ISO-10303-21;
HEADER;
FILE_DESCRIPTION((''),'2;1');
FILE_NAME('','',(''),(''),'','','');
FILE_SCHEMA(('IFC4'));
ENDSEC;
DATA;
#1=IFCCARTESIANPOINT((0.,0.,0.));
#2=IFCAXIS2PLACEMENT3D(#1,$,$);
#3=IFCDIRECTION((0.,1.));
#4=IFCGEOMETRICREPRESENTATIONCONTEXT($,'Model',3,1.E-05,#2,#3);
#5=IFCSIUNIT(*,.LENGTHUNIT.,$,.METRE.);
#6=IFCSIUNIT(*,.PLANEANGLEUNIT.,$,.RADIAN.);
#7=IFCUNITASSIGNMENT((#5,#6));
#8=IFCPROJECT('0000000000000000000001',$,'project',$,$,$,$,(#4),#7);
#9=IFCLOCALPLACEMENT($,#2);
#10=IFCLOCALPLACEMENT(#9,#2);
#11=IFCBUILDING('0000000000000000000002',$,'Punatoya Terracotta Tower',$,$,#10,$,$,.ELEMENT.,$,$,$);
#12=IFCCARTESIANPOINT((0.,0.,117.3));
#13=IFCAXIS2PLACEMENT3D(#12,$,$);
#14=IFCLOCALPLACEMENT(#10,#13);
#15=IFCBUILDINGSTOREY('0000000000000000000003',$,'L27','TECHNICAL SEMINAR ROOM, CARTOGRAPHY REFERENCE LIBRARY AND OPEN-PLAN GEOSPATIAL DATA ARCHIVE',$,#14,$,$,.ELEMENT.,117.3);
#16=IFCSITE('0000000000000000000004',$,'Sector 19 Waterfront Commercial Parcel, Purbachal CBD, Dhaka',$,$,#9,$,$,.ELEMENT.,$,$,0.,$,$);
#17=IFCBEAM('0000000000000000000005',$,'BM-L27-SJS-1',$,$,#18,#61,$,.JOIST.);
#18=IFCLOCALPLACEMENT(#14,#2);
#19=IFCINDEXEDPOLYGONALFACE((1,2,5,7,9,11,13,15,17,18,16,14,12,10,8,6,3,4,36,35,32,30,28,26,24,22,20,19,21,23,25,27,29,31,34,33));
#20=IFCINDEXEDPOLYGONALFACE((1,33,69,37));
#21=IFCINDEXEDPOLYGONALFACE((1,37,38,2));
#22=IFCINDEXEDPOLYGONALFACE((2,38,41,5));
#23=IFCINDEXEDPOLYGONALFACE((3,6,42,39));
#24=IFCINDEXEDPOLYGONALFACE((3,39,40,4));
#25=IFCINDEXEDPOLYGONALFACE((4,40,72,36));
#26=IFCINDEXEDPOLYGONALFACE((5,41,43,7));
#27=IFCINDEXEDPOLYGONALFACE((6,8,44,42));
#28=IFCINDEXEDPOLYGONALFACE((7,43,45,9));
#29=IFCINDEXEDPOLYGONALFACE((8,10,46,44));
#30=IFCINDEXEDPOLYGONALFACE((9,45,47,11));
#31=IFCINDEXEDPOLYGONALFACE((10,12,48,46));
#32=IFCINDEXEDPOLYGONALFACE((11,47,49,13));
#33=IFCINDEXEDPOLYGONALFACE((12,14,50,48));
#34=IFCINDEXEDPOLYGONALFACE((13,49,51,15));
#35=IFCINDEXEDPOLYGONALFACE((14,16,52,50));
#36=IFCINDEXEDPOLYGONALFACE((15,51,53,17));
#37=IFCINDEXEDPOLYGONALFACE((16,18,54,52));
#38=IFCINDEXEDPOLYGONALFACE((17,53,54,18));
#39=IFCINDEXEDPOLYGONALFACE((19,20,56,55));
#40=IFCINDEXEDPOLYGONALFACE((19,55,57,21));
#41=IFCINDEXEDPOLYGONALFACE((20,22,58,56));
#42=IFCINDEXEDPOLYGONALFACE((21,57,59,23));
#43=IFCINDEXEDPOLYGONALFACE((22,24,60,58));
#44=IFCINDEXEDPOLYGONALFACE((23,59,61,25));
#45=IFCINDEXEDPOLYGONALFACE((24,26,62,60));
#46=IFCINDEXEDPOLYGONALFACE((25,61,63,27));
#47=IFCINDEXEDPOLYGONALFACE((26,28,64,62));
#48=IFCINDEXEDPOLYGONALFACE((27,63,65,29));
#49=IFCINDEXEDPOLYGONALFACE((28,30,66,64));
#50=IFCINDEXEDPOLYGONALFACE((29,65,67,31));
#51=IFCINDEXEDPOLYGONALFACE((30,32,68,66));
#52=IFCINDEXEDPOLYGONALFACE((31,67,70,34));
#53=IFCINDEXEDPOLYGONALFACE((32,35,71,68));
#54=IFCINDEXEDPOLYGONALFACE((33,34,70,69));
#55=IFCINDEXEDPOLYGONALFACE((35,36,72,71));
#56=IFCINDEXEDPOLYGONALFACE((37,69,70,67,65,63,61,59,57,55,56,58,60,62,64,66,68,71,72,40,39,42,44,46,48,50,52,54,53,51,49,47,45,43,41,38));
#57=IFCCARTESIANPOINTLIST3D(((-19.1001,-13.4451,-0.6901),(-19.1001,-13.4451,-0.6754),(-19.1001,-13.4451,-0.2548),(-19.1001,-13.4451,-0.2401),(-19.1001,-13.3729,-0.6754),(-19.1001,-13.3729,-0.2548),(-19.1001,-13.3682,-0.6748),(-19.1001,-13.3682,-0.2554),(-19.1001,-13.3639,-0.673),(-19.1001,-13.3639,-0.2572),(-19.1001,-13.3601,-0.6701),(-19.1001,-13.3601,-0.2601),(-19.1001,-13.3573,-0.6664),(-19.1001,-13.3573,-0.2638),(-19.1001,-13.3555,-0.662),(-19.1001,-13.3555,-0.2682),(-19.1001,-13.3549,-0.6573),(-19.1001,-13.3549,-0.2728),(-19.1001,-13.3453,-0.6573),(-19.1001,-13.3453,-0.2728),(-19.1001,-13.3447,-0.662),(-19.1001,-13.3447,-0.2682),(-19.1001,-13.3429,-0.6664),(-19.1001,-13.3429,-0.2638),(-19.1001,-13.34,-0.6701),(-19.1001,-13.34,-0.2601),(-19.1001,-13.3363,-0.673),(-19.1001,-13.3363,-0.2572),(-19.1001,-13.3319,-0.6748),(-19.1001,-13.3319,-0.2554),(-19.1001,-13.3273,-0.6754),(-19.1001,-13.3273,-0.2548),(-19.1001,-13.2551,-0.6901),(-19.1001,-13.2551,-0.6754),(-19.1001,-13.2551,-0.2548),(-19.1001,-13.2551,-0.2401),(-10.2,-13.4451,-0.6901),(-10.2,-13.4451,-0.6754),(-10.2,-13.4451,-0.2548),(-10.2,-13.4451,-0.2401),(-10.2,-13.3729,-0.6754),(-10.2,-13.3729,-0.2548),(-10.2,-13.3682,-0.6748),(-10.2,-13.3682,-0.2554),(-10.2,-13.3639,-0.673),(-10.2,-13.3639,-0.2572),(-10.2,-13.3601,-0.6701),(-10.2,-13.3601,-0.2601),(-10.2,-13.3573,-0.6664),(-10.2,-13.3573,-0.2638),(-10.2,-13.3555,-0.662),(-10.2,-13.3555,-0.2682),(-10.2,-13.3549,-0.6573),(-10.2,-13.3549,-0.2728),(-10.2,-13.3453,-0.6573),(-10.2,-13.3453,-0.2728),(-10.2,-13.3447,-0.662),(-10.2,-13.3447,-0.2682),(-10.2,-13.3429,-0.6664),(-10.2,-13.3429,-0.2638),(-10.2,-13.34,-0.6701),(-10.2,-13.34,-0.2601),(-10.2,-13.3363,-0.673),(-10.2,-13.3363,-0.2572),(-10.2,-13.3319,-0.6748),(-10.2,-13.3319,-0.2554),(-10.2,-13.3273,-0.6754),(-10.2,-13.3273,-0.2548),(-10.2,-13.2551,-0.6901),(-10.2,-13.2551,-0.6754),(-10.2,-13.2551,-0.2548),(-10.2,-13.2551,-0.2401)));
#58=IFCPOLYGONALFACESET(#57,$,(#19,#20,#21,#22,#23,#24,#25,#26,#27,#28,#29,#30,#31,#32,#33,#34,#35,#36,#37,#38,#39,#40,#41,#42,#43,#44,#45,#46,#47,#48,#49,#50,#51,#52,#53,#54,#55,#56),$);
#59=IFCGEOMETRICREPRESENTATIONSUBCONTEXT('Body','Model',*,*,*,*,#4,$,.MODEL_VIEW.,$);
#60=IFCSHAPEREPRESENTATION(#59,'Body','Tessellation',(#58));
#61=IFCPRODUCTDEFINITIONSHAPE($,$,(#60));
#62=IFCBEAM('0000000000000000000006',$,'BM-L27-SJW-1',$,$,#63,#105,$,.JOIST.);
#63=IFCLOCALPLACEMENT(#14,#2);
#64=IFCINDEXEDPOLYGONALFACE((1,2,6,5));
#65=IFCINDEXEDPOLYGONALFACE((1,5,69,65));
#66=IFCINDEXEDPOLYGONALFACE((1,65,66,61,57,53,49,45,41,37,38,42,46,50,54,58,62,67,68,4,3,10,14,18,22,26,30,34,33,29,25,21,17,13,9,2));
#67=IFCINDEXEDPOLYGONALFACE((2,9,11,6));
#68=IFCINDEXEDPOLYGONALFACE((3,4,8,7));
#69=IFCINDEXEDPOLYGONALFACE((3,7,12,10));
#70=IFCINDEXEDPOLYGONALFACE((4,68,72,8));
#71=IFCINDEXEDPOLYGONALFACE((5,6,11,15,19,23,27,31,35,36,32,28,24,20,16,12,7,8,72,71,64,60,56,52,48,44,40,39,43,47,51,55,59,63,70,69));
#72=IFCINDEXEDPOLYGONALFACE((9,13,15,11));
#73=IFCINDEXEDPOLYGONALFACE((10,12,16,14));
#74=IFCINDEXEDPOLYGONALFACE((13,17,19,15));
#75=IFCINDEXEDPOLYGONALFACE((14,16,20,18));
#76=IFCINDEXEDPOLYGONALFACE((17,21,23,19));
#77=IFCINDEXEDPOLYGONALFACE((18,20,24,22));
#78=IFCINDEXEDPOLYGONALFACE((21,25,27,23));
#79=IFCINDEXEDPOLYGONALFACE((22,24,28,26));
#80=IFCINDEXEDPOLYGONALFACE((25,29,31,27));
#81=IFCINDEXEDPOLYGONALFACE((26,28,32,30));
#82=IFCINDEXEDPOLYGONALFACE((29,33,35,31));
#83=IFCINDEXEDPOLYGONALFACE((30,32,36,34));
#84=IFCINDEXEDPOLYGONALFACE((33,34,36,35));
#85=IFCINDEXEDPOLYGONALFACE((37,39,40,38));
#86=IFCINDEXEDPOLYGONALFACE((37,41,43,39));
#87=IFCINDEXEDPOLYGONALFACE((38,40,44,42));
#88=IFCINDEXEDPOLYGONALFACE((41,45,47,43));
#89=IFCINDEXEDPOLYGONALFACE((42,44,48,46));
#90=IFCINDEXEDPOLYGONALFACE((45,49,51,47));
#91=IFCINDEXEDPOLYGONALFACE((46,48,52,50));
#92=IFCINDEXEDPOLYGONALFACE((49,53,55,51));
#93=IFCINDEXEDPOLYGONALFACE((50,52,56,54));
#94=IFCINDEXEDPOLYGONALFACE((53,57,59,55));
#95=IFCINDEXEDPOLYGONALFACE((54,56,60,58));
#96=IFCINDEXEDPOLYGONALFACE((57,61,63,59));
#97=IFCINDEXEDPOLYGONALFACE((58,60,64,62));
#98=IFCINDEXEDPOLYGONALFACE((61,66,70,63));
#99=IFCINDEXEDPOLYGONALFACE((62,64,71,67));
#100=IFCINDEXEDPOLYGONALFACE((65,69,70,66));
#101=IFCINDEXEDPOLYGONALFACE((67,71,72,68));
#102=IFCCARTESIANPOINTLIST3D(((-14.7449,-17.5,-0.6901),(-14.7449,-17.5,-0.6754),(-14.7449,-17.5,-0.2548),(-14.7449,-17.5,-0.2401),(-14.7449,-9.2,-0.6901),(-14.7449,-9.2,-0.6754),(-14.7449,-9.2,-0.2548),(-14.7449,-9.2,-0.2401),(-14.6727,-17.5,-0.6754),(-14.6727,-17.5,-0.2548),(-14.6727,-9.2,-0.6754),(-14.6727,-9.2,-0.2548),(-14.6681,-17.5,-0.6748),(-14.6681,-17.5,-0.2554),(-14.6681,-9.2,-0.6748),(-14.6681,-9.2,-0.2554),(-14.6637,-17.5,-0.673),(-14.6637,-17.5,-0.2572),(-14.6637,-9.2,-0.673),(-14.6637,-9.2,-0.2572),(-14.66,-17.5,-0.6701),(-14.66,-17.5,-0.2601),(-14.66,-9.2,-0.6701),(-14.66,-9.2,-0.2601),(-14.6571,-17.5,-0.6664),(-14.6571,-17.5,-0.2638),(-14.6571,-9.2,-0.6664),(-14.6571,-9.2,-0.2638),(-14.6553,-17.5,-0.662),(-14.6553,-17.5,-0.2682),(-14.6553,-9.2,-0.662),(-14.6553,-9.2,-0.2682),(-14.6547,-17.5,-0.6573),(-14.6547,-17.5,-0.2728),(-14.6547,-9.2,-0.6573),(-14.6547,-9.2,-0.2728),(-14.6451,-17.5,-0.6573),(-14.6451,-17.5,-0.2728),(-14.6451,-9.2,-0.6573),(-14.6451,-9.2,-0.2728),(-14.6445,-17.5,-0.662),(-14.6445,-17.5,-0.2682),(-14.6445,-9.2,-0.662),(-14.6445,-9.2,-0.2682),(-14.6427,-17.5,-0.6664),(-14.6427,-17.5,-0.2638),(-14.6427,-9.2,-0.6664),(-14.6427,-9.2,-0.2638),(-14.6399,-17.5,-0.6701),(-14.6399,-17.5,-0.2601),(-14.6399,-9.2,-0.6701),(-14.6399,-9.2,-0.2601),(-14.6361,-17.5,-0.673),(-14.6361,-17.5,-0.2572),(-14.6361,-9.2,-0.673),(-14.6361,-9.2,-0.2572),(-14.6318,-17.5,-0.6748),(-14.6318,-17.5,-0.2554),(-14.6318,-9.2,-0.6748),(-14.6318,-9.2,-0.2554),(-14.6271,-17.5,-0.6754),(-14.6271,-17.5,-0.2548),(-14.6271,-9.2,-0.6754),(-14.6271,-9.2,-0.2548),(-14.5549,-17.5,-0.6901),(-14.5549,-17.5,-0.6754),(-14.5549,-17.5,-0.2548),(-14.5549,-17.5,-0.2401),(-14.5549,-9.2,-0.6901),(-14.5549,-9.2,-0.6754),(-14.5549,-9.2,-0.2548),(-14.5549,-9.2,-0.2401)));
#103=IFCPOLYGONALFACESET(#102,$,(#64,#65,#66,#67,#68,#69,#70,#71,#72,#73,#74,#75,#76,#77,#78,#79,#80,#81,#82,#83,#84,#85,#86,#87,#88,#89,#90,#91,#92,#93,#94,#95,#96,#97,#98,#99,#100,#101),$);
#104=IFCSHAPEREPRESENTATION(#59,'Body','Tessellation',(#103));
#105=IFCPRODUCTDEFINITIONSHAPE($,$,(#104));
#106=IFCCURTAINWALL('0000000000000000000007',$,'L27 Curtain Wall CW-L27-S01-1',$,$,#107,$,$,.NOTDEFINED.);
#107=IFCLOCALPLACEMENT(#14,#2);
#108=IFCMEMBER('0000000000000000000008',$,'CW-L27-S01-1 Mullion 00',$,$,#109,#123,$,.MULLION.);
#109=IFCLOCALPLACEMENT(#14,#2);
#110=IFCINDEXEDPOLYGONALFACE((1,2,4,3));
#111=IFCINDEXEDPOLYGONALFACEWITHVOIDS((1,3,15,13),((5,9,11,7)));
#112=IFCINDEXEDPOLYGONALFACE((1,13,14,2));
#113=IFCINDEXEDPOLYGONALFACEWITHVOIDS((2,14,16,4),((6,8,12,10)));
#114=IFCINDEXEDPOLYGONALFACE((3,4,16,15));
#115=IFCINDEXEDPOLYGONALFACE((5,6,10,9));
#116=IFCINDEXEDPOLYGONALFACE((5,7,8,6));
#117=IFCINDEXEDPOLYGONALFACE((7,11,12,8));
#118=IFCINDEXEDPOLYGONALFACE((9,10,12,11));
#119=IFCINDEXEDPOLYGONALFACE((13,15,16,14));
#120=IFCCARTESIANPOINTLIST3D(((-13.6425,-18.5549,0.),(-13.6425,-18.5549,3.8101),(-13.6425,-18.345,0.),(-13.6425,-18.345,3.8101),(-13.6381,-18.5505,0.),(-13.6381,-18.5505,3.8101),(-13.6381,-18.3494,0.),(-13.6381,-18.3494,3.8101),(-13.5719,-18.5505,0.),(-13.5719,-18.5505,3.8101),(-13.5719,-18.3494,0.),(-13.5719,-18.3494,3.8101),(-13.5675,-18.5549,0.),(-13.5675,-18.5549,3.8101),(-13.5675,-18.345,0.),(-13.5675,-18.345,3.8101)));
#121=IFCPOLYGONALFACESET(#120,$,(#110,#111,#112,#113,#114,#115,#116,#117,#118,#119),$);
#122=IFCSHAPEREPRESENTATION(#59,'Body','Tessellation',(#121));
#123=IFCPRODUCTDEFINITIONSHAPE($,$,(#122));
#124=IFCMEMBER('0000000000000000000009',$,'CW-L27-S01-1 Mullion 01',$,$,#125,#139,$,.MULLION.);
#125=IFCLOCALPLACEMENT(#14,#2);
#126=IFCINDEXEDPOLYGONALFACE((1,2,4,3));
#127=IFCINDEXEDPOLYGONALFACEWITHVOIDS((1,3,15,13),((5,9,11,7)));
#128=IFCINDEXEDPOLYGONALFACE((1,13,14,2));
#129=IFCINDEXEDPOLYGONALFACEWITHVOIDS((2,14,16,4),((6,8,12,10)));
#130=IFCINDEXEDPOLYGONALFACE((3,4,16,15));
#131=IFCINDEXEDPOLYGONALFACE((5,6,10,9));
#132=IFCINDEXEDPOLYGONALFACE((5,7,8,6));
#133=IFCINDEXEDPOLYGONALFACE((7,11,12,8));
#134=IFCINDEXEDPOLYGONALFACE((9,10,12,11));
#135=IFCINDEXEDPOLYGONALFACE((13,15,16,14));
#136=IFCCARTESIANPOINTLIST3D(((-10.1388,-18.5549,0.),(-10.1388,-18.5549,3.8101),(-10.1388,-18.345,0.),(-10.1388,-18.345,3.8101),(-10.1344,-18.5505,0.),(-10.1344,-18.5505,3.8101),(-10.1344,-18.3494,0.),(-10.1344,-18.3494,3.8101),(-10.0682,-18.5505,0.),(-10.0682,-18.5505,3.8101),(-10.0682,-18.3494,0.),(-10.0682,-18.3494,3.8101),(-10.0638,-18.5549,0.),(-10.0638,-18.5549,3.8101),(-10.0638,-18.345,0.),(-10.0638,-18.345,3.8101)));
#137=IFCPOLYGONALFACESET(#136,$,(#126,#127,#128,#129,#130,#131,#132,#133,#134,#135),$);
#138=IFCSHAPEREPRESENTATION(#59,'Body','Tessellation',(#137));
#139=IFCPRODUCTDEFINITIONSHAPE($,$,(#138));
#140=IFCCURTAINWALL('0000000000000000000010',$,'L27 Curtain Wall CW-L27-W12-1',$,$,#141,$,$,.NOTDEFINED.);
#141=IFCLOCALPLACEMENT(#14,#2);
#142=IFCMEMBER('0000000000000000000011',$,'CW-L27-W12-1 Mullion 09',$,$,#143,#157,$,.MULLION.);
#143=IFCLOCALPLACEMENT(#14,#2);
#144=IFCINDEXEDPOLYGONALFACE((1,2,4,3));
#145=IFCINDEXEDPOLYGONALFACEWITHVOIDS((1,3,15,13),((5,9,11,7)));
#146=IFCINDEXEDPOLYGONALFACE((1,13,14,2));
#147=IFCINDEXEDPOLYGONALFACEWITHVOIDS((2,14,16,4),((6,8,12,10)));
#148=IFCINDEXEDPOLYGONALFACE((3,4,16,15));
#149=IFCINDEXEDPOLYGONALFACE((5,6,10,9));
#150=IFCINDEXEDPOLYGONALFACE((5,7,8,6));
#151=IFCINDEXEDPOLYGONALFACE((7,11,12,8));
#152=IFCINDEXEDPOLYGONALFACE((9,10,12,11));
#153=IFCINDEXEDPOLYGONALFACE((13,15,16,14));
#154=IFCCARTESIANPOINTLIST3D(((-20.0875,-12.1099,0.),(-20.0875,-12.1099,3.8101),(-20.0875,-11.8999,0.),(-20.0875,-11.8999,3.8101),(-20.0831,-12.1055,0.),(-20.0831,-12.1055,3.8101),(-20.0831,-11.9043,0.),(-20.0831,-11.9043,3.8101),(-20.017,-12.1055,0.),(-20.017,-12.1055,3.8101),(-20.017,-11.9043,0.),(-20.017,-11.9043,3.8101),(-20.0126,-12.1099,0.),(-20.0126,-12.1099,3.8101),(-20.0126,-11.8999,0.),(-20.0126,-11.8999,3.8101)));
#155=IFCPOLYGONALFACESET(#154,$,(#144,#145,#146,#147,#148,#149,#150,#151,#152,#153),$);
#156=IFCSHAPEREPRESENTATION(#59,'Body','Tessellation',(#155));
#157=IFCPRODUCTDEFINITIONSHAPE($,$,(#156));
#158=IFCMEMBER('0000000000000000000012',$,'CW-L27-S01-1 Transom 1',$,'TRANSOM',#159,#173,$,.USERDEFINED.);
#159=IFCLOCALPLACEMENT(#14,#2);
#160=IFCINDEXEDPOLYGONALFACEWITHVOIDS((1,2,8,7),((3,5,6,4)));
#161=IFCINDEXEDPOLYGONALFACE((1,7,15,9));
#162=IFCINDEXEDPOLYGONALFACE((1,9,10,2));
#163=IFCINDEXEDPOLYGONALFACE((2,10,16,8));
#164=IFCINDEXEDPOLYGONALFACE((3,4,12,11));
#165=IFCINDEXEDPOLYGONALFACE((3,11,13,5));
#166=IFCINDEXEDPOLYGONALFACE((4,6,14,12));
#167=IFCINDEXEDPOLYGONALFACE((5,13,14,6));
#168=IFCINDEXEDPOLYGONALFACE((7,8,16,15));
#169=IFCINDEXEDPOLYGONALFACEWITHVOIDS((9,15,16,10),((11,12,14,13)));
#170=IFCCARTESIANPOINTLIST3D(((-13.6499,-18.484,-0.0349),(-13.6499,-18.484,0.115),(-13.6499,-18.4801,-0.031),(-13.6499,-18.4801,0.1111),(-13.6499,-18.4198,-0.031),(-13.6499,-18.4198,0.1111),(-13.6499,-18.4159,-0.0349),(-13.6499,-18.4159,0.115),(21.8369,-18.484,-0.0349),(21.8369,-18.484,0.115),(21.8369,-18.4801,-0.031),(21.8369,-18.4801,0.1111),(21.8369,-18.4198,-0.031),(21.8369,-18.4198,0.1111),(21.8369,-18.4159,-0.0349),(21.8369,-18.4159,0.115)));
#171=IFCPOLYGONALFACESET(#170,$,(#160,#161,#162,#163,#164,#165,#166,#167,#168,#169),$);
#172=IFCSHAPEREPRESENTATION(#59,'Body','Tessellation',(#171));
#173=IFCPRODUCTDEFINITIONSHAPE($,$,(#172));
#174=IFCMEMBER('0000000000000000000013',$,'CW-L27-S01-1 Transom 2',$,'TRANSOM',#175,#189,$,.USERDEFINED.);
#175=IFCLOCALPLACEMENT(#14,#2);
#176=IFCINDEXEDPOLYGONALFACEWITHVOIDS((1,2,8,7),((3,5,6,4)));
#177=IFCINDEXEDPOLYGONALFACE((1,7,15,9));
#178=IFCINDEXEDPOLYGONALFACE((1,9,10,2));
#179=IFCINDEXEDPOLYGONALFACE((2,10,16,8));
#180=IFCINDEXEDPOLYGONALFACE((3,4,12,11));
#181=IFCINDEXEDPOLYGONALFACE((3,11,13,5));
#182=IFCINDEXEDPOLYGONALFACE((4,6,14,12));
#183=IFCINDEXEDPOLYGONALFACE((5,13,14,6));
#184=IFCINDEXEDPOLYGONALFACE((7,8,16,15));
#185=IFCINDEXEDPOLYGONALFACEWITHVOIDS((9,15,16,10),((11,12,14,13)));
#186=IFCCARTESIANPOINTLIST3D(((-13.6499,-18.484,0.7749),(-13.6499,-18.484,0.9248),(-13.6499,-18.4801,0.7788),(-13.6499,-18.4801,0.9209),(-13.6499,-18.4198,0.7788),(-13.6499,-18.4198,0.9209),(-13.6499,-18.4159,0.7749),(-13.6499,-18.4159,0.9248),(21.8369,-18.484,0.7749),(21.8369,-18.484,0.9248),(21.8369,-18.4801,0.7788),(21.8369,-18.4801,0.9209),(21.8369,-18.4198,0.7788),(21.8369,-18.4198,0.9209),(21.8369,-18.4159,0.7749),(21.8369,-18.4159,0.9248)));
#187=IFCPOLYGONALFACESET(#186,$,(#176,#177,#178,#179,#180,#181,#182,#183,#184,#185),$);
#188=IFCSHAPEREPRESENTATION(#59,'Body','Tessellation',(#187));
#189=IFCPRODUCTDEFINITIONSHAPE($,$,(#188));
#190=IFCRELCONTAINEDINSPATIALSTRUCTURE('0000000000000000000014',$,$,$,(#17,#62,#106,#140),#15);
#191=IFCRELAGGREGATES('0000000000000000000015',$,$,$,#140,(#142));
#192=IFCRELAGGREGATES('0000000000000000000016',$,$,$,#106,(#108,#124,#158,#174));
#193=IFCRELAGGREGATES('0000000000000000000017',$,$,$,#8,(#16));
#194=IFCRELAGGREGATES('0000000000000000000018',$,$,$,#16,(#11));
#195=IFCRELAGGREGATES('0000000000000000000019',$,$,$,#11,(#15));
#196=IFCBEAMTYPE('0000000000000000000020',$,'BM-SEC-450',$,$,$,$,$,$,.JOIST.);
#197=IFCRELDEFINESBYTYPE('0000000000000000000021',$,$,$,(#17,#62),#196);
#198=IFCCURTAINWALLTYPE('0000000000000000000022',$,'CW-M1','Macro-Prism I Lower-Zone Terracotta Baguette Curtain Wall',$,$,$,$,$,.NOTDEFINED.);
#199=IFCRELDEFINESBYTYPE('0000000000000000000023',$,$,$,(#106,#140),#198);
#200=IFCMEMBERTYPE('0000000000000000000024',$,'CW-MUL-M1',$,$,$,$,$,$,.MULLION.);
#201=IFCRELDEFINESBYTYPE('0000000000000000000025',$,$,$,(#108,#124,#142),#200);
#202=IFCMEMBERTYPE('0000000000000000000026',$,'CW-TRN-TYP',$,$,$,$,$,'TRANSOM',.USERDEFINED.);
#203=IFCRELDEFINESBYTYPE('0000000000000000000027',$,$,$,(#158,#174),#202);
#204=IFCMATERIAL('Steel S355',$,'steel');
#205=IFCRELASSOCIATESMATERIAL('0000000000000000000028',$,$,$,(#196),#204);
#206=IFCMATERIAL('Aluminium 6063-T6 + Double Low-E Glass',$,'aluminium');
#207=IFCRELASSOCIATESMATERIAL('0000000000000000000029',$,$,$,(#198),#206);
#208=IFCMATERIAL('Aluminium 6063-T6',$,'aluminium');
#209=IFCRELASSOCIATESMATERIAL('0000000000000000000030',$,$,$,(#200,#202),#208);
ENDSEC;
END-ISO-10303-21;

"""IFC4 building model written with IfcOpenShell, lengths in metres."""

from ifc_helpers import new_model, si_unit, direction, frame, origin, origin_2d, place, context, subcontext, project, spatial, hollow_rectangle, i_section, extrude, material, material_profile, profile_set, type_object, element, aggregate, save


model = new_model("IFC4")

# Units and contexts
model_context = context("Model", 3, precision=1e-05, world=origin(), true_north=direction((0.0, 1.0)))
body_context = subcontext(model_context, "Body", "Model", "MODEL_VIEW")
ifc_project = project(units=[si_unit("LENGTHUNIT", "METRE"), si_unit("PLANEANGLEUNIT", "RADIAN")], contexts=[model_context])

# Site, building, storey
site_placement = place(None, origin())
site = spatial("IfcSite", under=ifc_project, at=site_placement, Name="Sector 19 Waterfront Commercial Parcel, Purbachal CBD, Dhaka", CompositionType="ELEMENT", RefElevation=0.0)
building_placement = place(site_placement, origin())
building = spatial("IfcBuilding", under=site, at=building_placement, Name="Punatoya Terracotta Tower", CompositionType="ELEMENT")
storey_placement = place(building_placement, frame((0.0, 0.0, 117.3)))
storey = spatial("IfcBuildingStorey", under=building, at=storey_placement, Name="L27", Description="TECHNICAL SEMINAR ROOM, CARTOGRAPHY REFERENCE LIBRARY AND OPEN-PLAN GEOSPATIAL DATA ARCHIVE", CompositionType="ELEMENT", Elevation=117.3)

# Beams
ifc_material_1 = material(Name="Steel S355", Category="steel")
ifc_material_profile_1 = material_profile(ifc_material_1, i_section(OverallWidth=0.1899, OverallDepth=0.45, WebThickness=0.0095, FlangeThickness=0.0146, FilletRadius=0.0181, at=origin_2d()))
ifc_profile_set_1 = profile_set([ifc_material_profile_1], Name="Steel S355")
beam_type_1 = type_object("IfcBeamType", Name="BM-SEC-450", PredefinedType="JOIST", material=ifc_profile_set_1)
beam_1_placement = place(storey_placement, frame((-19.1001, -13.3501, -0.4651), z_axis=(1.0, 0.0, 0.0), x_axis=(0.0, 1.0, 0.0)))
element("IfcBeam", 1, at=beam_1_placement, inside=storey, type_object=beam_type_1, Name="BM-L27-SJS-1", PredefinedType="JOIST", context=body_context, shape_type="SweptSolid", body=[
    extrude(i_section(OverallWidth=0.1899, OverallDepth=0.45, WebThickness=0.0095, FlangeThickness=0.0146, FilletRadius=0.0181, at=origin_2d()), origin(), (0.0, 0.0, 1.0), 8.9001),
])
beam_2_placement = place(storey_placement, frame((-14.6499, -17.5, -0.4651), z_axis=(0.0, 1.0, 0.0), x_axis=(-1.0, 0.0, 0.0)))
element("IfcBeam", 2, at=beam_2_placement, inside=storey, type_object=beam_type_1, Name="BM-L27-SJW-1", PredefinedType="JOIST", context=body_context, shape_type="SweptSolid", body=[
    extrude(i_section(OverallWidth=0.1899, OverallDepth=0.45, WebThickness=0.0095, FlangeThickness=0.0146, FilletRadius=0.0181, at=origin_2d()), origin(), (0.0, 0.0, 1.0), 8.3),
])

# Curtain wall, members
ifc_material_2 = material(Name="Aluminium 6063-T6 + Double Low-E Glass", Category="aluminium")
curtain_wall_type = type_object("IfcCurtainWallType", Name="CW-M1", Description="Macro-Prism I Lower-Zone Terracotta Baguette Curtain Wall", PredefinedType="NOTDEFINED", material=ifc_material_2)
curtain_wall_1_placement = place(storey_placement, origin())
curtain_wall_1 = element("IfcCurtainWall", 3, at=curtain_wall_1_placement, inside=storey, type_object=curtain_wall_type, Name="L27 Curtain Wall CW-L27-S01-1", PredefinedType="NOTDEFINED")
ifc_material_3 = material(Name="Aluminium 6063-T6", Category="aluminium")
ifc_material_profile_2 = material_profile(ifc_material_3, hollow_rectangle(XDim=0.075, YDim=0.21, WallThickness=0.0044, at=origin_2d()))
ifc_profile_set_2 = profile_set([ifc_material_profile_2], Name="Aluminium 6063-T6")
member_type_1 = type_object("IfcMemberType", Name="CW-MUL-M1", PredefinedType="MULLION", material=ifc_profile_set_2)
member_1_placement = place(storey_placement, frame((-13.605, -18.45, 0.0), z_axis=(0.0, 0.0, 1.0), x_axis=(1.0, 0.0, 0.0)))
member_1 = element("IfcMember", 4, at=member_1_placement, type_object=member_type_1, Name="CW-L27-S01-1 Mullion 00", PredefinedType="MULLION", context=body_context, shape_type="SweptSolid", body=[
    extrude(hollow_rectangle(XDim=0.075, YDim=0.21, WallThickness=0.0044, at=origin_2d()), origin(), (0.0, 0.0, 1.0), 3.8101),
])
member_2_placement = place(storey_placement, frame((-10.1013, -18.45, 0.0), z_axis=(0.0, 0.0, 1.0), x_axis=(1.0, 0.0, 0.0)))
member_2 = element("IfcMember", 5, at=member_2_placement, type_object=member_type_1, Name="CW-L27-S01-1 Mullion 01", PredefinedType="MULLION", context=body_context, shape_type="SweptSolid", body=[
    extrude(hollow_rectangle(XDim=0.075, YDim=0.21, WallThickness=0.0044, at=origin_2d()), origin(), (0.0, 0.0, 1.0), 3.8101),
])

# Curtain wall, member
curtain_wall_2_placement = place(storey_placement, origin())
curtain_wall_2 = element("IfcCurtainWall", 6, at=curtain_wall_2_placement, inside=storey, type_object=curtain_wall_type, Name="L27 Curtain Wall CW-L27-W12-1", PredefinedType="NOTDEFINED")
member_3_placement = place(storey_placement, frame((-20.05, -12.0049, 0.0), z_axis=(0.0, 0.0, 1.0), x_axis=(1.0, 0.0, 0.0)))
member_3 = element("IfcMember", 7, at=member_3_placement, type_object=member_type_1, Name="CW-L27-W12-1 Mullion 09", PredefinedType="MULLION", context=body_context, shape_type="SweptSolid", body=[
    extrude(hollow_rectangle(XDim=0.075, YDim=0.21, WallThickness=0.0044, at=origin_2d()), origin(), (0.0, 0.0, 1.0), 3.8101),
])
aggregate(curtain_wall_2, [member_3])

# Members
ifc_material_profile_3 = material_profile(ifc_material_3, hollow_rectangle(XDim=0.0681, YDim=0.1499, WallThickness=0.0039, at=origin_2d()))
ifc_profile_set_3 = profile_set([ifc_material_profile_3], Name="Aluminium 6063-T6")
member_type_2 = type_object("IfcMemberType", Name="CW-TRN-TYP", ElementType="TRANSOM", PredefinedType="USERDEFINED", material=ifc_profile_set_3)
member_4_placement = place(storey_placement, frame((-13.6499, -18.45, 0.04), z_axis=(1.0, 0.0, 0.0), x_axis=(0.0, 1.0, 0.0)))
member_4 = element("IfcMember", 8, at=member_4_placement, type_object=member_type_2, Name="CW-L27-S01-1 Transom 1", ObjectType="TRANSOM", PredefinedType="USERDEFINED", context=body_context, shape_type="SweptSolid", body=[
    extrude(hollow_rectangle(XDim=0.0681, YDim=0.1499, WallThickness=0.0039, at=origin_2d()), origin(), (0.0, 0.0, 1.0), 35.4868),
])
member_5_placement = place(storey_placement, frame((-13.6499, -18.45, 0.8499), z_axis=(1.0, 0.0, 0.0), x_axis=(0.0, 1.0, 0.0)))
member_5 = element("IfcMember", 9, at=member_5_placement, type_object=member_type_2, Name="CW-L27-S01-1 Transom 2", ObjectType="TRANSOM", PredefinedType="USERDEFINED", context=body_context, shape_type="SweptSolid", body=[
    extrude(hollow_rectangle(XDim=0.0681, YDim=0.1499, WallThickness=0.0039, at=origin_2d()), origin(), (0.0, 0.0, 1.0), 35.4868),
])

aggregate(curtain_wall_1, [member_1, member_2, member_4, member_5])

save(model, "model.ifc")
